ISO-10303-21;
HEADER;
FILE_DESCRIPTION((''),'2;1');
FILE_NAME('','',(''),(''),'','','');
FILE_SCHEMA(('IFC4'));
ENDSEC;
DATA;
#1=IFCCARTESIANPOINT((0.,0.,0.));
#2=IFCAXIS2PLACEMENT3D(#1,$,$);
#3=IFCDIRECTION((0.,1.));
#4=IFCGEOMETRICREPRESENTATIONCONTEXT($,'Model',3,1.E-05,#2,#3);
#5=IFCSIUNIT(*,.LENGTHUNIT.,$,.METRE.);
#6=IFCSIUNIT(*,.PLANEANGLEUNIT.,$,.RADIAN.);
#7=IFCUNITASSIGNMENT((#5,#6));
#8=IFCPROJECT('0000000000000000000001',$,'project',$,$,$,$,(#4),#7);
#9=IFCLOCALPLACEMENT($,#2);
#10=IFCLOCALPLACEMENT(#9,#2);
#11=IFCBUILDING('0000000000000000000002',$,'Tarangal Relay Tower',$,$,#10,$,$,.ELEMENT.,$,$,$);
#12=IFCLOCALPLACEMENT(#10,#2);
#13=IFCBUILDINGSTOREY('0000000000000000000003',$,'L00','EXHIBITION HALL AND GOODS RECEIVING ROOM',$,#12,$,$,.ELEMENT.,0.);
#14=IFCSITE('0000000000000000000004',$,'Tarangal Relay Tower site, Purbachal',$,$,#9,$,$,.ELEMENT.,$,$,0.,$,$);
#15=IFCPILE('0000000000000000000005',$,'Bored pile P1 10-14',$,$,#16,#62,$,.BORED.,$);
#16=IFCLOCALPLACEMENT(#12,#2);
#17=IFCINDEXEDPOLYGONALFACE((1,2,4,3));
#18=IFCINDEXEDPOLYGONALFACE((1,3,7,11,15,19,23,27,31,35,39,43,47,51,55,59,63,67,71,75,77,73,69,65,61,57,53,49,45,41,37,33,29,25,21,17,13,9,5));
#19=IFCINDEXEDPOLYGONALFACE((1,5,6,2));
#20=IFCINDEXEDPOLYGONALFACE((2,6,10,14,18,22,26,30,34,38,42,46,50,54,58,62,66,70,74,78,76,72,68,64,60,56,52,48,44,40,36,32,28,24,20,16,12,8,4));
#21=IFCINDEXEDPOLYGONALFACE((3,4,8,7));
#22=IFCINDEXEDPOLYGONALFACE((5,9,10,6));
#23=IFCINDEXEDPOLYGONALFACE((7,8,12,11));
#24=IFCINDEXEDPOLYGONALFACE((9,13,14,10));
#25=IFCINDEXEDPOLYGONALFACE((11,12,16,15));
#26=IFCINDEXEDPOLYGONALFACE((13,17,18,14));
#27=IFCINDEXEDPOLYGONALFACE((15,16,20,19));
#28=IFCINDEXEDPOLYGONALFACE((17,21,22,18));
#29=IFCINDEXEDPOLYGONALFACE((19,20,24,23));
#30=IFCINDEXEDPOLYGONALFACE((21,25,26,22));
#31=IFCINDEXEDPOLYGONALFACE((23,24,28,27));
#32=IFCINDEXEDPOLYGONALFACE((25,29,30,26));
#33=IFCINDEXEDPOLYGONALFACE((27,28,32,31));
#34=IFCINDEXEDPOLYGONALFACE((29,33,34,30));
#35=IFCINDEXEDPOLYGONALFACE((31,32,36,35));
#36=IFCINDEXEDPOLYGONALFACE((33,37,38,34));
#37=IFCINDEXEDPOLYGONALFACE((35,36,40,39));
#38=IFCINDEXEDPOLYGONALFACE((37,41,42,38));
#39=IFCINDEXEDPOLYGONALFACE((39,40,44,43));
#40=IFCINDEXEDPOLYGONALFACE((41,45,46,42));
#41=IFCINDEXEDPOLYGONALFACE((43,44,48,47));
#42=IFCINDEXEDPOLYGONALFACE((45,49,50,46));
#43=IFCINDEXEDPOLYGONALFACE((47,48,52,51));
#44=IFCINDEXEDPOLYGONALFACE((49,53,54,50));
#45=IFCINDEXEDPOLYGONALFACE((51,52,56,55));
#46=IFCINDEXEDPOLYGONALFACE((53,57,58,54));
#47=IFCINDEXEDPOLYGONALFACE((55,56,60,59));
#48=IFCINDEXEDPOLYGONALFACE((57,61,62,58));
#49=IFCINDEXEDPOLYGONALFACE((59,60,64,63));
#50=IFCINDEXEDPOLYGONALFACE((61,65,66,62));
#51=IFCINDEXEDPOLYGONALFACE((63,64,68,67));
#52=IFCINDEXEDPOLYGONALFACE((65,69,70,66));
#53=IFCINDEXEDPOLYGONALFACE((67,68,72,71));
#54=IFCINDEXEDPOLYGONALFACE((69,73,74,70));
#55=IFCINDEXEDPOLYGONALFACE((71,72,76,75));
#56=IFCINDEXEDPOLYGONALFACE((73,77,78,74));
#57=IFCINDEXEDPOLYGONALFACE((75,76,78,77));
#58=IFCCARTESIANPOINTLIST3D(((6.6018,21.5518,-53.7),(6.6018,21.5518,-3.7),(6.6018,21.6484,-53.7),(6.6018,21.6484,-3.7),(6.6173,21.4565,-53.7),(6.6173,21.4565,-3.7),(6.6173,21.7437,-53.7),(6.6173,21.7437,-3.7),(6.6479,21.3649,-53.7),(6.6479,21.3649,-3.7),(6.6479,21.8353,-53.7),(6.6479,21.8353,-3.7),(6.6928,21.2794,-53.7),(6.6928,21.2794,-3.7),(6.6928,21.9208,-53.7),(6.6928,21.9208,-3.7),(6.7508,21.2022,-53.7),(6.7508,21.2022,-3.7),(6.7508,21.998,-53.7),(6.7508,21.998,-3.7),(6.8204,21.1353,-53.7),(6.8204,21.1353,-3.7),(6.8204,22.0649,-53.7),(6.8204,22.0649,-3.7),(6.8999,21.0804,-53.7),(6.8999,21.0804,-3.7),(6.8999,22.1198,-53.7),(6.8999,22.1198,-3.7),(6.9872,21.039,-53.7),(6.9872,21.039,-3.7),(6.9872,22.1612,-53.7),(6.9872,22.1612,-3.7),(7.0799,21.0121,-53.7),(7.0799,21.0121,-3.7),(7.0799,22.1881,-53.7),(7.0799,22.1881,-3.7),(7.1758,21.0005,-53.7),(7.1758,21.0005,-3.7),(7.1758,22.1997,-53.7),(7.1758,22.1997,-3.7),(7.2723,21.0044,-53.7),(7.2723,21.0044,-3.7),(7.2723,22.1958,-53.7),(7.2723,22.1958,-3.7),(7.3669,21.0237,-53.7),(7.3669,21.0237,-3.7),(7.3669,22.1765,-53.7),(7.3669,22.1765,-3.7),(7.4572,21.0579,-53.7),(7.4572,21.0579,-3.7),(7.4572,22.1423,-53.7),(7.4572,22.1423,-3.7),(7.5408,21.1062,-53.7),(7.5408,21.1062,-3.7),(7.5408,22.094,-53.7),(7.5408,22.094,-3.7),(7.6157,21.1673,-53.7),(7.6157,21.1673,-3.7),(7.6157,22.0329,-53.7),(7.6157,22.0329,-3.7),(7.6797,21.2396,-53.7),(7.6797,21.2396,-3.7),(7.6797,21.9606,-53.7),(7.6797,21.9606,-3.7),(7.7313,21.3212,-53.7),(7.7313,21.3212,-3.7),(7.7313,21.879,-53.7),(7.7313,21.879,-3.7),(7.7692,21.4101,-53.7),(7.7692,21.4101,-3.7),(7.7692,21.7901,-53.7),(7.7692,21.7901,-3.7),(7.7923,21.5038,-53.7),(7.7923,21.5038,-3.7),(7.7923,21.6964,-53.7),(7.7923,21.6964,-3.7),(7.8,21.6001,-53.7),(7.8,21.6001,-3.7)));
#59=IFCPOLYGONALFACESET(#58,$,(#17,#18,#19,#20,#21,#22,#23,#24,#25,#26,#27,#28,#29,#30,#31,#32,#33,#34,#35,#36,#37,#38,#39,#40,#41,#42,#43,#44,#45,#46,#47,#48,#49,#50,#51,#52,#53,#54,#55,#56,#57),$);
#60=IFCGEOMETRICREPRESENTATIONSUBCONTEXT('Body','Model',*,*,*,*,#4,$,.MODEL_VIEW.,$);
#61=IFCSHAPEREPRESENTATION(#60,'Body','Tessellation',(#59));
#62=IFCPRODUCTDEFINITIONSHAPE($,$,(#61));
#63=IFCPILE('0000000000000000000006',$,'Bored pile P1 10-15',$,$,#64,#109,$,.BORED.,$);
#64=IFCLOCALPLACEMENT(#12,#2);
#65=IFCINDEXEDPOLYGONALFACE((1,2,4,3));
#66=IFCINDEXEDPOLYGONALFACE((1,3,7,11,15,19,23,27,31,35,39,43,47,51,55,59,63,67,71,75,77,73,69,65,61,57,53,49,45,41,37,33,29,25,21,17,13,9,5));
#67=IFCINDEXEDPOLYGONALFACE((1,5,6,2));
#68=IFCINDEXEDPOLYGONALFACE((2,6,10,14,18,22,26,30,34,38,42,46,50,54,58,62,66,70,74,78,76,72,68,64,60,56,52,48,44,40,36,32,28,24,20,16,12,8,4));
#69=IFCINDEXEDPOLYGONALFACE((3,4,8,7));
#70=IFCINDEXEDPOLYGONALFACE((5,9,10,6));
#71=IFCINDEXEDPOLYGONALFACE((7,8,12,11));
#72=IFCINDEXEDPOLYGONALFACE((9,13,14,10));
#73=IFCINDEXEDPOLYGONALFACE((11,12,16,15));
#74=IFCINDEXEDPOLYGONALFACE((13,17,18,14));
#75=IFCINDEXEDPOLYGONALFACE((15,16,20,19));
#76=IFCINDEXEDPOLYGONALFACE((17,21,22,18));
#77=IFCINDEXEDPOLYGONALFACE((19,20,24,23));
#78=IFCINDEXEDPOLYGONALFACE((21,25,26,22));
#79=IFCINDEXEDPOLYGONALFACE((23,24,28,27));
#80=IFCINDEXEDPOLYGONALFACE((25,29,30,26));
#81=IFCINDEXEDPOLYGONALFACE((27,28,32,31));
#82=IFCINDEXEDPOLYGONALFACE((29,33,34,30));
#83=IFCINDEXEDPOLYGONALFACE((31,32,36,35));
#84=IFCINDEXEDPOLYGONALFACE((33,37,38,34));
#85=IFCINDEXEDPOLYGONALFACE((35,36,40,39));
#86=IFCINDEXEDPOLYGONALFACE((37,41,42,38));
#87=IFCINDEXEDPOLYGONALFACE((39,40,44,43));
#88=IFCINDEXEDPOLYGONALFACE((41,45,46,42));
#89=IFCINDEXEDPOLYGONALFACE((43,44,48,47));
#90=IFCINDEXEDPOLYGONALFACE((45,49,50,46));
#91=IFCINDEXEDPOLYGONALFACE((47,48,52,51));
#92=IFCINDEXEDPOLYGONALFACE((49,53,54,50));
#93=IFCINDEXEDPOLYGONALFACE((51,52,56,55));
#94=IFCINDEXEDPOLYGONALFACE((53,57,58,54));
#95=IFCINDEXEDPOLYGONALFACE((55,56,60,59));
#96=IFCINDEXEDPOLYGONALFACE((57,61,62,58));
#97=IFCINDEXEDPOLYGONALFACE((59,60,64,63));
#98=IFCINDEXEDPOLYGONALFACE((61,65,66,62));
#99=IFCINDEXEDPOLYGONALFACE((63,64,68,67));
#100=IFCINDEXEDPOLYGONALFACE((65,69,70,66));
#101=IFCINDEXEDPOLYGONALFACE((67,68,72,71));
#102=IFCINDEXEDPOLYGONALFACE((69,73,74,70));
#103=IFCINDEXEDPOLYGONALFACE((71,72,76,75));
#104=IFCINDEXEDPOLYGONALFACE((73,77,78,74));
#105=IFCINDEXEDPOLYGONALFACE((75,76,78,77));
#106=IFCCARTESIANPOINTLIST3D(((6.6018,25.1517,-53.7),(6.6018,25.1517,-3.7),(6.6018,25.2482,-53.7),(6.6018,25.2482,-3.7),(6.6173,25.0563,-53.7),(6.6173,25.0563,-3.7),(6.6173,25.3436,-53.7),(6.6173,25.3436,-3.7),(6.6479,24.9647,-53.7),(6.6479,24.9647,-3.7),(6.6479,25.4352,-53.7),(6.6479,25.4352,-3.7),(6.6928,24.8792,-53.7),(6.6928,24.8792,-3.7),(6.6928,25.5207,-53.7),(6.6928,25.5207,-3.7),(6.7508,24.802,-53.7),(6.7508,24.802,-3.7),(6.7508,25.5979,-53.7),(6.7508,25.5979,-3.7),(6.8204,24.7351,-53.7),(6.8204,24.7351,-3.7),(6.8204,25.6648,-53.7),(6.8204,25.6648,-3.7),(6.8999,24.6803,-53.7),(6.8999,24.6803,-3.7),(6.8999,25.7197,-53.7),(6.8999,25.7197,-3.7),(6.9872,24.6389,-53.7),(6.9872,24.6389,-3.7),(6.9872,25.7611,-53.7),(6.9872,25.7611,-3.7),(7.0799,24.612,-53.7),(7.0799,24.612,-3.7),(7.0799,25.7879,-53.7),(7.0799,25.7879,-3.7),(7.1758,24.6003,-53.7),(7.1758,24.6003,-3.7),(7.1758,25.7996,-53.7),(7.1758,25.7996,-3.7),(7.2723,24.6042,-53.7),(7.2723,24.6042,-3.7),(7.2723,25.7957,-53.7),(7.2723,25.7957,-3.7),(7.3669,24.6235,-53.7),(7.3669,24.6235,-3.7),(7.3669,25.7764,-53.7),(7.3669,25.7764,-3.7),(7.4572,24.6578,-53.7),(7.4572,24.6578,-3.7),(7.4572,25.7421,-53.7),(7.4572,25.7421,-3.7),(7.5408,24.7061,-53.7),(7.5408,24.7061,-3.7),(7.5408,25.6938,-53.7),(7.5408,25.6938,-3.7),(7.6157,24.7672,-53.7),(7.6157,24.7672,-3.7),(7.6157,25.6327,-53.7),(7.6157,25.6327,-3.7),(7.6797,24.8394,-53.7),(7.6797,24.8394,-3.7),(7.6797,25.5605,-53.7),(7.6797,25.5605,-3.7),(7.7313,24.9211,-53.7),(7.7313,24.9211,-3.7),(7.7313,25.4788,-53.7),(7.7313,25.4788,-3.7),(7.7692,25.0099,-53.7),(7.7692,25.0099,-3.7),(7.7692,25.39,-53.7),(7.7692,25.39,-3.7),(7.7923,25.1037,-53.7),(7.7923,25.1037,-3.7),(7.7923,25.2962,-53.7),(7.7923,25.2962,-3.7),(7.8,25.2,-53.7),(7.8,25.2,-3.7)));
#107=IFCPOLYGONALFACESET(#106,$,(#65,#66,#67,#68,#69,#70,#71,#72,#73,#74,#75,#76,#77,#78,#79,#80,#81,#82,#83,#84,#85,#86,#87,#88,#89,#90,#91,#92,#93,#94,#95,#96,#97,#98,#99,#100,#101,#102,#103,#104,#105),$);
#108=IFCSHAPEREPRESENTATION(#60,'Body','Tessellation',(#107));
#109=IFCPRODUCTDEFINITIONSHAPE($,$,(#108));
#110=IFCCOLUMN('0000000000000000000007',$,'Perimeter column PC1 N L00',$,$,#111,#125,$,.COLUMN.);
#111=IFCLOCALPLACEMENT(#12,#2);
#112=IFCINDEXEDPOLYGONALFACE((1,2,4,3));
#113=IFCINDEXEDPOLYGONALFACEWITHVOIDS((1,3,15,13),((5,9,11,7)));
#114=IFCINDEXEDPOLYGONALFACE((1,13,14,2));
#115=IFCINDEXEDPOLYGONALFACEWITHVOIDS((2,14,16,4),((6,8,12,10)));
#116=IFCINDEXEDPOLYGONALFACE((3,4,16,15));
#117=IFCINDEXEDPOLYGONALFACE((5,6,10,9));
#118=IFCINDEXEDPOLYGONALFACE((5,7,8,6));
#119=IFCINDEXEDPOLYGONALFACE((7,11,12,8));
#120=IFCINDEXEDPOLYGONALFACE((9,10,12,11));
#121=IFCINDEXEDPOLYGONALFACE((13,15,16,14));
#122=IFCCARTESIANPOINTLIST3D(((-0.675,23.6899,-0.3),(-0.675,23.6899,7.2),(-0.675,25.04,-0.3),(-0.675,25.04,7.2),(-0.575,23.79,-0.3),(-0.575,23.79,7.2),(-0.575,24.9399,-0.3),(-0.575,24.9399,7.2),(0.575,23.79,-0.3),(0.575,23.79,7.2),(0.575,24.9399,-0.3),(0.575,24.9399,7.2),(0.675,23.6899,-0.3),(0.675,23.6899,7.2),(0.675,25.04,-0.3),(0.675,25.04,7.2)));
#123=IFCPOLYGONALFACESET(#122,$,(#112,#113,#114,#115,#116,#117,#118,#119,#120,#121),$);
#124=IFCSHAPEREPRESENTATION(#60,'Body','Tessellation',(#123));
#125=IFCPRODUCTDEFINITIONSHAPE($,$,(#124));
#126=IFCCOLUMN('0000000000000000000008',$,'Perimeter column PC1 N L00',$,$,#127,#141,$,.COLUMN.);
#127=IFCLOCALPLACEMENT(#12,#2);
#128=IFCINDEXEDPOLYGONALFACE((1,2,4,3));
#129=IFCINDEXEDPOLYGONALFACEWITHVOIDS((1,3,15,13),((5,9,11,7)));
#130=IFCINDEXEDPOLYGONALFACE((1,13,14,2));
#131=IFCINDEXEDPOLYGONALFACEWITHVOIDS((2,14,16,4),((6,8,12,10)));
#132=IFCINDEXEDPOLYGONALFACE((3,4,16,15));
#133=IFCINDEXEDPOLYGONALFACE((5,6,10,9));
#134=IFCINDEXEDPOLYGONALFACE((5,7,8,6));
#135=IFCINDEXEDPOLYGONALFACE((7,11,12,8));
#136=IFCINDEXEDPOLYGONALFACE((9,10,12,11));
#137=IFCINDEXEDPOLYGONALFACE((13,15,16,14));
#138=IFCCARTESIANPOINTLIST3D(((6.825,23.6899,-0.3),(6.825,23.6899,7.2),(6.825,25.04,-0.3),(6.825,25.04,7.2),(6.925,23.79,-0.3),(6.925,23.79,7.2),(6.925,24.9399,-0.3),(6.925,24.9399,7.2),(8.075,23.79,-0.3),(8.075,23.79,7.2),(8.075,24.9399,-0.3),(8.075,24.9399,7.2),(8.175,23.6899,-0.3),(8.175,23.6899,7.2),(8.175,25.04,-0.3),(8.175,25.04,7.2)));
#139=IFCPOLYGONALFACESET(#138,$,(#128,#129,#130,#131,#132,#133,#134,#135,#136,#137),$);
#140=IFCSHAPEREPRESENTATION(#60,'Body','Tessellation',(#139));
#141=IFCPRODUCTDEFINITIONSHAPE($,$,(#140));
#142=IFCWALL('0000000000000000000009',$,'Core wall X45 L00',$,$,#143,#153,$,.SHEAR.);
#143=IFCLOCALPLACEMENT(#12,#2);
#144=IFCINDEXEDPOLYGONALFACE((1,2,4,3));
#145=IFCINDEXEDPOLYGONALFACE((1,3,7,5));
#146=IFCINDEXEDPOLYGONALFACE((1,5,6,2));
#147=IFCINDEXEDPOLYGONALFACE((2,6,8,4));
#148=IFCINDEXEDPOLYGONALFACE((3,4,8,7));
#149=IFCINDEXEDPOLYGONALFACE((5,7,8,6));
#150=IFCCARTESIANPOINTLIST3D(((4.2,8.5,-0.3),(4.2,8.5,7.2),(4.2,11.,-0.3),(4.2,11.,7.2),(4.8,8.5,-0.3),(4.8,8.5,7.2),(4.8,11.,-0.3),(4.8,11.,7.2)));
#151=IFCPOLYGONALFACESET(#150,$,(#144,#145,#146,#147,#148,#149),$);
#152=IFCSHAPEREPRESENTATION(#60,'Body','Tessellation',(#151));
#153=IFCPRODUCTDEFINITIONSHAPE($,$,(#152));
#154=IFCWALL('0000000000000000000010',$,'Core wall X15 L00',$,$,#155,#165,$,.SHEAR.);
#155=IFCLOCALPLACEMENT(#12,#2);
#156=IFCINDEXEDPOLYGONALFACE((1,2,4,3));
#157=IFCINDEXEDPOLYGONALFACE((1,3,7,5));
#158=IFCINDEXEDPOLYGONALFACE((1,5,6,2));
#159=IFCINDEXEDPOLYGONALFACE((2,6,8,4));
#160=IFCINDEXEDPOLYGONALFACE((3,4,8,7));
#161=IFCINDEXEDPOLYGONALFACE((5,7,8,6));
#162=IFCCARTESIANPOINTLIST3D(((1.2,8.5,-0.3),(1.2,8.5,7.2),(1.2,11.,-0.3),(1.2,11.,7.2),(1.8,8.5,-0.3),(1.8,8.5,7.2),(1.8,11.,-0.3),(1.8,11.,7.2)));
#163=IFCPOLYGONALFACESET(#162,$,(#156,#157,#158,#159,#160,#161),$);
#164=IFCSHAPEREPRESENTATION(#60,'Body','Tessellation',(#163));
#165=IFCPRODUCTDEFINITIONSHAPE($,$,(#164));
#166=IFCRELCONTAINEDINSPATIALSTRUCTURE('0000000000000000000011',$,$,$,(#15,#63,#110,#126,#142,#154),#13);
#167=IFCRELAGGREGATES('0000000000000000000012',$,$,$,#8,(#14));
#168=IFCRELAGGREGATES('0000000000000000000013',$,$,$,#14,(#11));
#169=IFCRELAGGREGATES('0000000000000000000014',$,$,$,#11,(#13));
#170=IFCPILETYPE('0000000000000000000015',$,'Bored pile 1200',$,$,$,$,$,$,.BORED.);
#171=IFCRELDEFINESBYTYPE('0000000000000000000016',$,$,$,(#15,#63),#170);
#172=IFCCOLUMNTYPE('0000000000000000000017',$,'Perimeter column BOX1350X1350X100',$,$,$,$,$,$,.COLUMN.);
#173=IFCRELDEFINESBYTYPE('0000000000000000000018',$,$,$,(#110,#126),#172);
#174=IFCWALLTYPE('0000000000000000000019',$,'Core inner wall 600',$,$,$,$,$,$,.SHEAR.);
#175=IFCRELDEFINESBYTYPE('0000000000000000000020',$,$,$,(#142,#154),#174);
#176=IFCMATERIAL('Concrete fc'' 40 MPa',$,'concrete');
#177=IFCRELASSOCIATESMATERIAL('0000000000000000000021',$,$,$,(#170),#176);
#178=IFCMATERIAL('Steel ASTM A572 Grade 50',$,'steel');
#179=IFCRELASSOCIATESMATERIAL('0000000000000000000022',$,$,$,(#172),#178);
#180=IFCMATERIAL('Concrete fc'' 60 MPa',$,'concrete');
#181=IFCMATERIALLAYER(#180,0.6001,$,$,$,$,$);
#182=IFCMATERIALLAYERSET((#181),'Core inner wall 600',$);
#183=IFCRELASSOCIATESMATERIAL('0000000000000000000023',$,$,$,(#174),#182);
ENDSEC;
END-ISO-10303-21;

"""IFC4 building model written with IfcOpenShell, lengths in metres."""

from ifc_helpers import new_model, si_unit, direction, frame, frame_2d, origin, origin_2d, place, context, subcontext, project, spatial, rectangle, hollow_rectangle, circle, extrude, material, layer, layer_set, material_profile, profile_set, type_object, element, save


model = new_model("IFC4")

# Units and contexts
model_context = context("Model", 3, precision=1e-05, world=origin(), true_north=direction((0.0, 1.0)))
body_context = subcontext(model_context, "Body", "Model", "MODEL_VIEW")
ifc_project = project(units=[si_unit("LENGTHUNIT", "METRE"), si_unit("PLANEANGLEUNIT", "RADIAN")], contexts=[model_context])

# Site, building, storey
site_placement = place(None, origin())
site = spatial("IfcSite", under=ifc_project, at=site_placement, Name="Tarangal Relay Tower site, Purbachal", CompositionType="ELEMENT", RefElevation=0.0)
building_placement = place(site_placement, origin())
building = spatial("IfcBuilding", under=site, at=building_placement, Name="Tarangal Relay Tower", CompositionType="ELEMENT")
storey_placement = place(building_placement, origin())
storey = spatial("IfcBuildingStorey", under=building, at=storey_placement, Name="L00", Description="EXHIBITION HALL AND GOODS RECEIVING ROOM", CompositionType="ELEMENT", Elevation=0.0)

# Piles
ifc_material_1 = material(Name="Concrete fc' 40 MPa", Category="concrete")
ifc_material_profile_1 = material_profile(ifc_material_1, circle(Radius=0.6001, at=origin_2d()), Name="D1200")
ifc_profile_set_1 = profile_set([ifc_material_profile_1], Name="Concrete fc' 40 MPa")
pile_type = type_object("IfcPileType", Name="Bored pile 1200", PredefinedType="BORED", material=ifc_profile_set_1)
for number, where, z_axis, x_axis, name in (
    (1, (7.2, 21.6001, -3.7), (0.0, 0.0, -1.0), (1.0, 0.0, 0.0), "Bored pile P1 10-14"),
    (2, (7.2, 25.2, -3.7), (0.0, 0.0, -1.0), (1.0, 0.0, 0.0), "Bored pile P1 10-15"),
):
    element("IfcPile", number, at=place(storey_placement, frame(where, z_axis=z_axis, x_axis=x_axis)), inside=storey, type_object=pile_type, Name=name, PredefinedType="BORED", context=body_context, shape_type="SweptSolid", body=[
        extrude(circle(Radius=0.6001, at=origin_2d()), origin(), (0.0, 0.0, 1.0), 50.0),
    ])

# Columns
ifc_material_2 = material(Name="Steel ASTM A572 Grade 50", Category="steel")
ifc_material_profile_2 = material_profile(ifc_material_2, hollow_rectangle(XDim=1.3501, YDim=1.3501, WallThickness=0.1001, at=origin_2d()), Name="BOX1350X1350X100")
ifc_profile_set_2 = profile_set([ifc_material_profile_2], Name="Steel ASTM A572 Grade 50")
column_type = type_object("IfcColumnType", Name="Perimeter column BOX1350X1350X100", PredefinedType="COLUMN", material=ifc_profile_set_2)
for number, where, z_axis, x_axis, name in (
    (3, (0.0, 24.365, -0.3), (0.0, 0.0, 1.0), (1.0, 0.0, 0.0), "Perimeter column PC1 N L00"),
    (4, (7.5, 24.365, -0.3), (0.0, 0.0, 1.0), (1.0, 0.0, 0.0), "Perimeter column PC1 N L00"),
):
    element("IfcColumn", number, at=place(storey_placement, frame(where, z_axis=z_axis, x_axis=x_axis)), inside=storey, type_object=column_type, Name=name, PredefinedType="COLUMN", context=body_context, shape_type="SweptSolid", body=[
        extrude(hollow_rectangle(XDim=1.3501, YDim=1.3501, WallThickness=0.1001, at=origin_2d()), origin(), (0.0, 0.0, 1.0), 7.5),
    ])

# Walls
ifc_material_3 = material(Name="Concrete fc' 60 MPa", Category="concrete")
ifc_layer = layer(ifc_material_3, 0.6001)
ifc_layer_set = layer_set([ifc_layer], Name="Core inner wall 600")
wall_type = type_object("IfcWallType", Name="Core inner wall 600", PredefinedType="SHEAR", material=ifc_layer_set)
for number, where, z_axis, x_axis, name in (
    (5, (4.5, 8.5, -0.3), (0.0, 0.0, 1.0), (0.0, 1.0, 0.0), "Core wall X45 L00"),
    (6, (1.5, 8.5, -0.3), (0.0, 0.0, 1.0), (0.0, 1.0, 0.0), "Core wall X15 L00"),
):
    element("IfcWall", number, at=place(storey_placement, frame(where, z_axis=z_axis, x_axis=x_axis)), inside=storey, type_object=wall_type, Name=name, PredefinedType="SHEAR", context=body_context, shape_type="SweptSolid", body=[
        extrude(rectangle(XDim=2.5, YDim=0.6001, at=frame_2d((1.25, 0.0))), origin(), (0.0, 0.0, 1.0), 7.5),
    ])

save(model, "model.ifc")
